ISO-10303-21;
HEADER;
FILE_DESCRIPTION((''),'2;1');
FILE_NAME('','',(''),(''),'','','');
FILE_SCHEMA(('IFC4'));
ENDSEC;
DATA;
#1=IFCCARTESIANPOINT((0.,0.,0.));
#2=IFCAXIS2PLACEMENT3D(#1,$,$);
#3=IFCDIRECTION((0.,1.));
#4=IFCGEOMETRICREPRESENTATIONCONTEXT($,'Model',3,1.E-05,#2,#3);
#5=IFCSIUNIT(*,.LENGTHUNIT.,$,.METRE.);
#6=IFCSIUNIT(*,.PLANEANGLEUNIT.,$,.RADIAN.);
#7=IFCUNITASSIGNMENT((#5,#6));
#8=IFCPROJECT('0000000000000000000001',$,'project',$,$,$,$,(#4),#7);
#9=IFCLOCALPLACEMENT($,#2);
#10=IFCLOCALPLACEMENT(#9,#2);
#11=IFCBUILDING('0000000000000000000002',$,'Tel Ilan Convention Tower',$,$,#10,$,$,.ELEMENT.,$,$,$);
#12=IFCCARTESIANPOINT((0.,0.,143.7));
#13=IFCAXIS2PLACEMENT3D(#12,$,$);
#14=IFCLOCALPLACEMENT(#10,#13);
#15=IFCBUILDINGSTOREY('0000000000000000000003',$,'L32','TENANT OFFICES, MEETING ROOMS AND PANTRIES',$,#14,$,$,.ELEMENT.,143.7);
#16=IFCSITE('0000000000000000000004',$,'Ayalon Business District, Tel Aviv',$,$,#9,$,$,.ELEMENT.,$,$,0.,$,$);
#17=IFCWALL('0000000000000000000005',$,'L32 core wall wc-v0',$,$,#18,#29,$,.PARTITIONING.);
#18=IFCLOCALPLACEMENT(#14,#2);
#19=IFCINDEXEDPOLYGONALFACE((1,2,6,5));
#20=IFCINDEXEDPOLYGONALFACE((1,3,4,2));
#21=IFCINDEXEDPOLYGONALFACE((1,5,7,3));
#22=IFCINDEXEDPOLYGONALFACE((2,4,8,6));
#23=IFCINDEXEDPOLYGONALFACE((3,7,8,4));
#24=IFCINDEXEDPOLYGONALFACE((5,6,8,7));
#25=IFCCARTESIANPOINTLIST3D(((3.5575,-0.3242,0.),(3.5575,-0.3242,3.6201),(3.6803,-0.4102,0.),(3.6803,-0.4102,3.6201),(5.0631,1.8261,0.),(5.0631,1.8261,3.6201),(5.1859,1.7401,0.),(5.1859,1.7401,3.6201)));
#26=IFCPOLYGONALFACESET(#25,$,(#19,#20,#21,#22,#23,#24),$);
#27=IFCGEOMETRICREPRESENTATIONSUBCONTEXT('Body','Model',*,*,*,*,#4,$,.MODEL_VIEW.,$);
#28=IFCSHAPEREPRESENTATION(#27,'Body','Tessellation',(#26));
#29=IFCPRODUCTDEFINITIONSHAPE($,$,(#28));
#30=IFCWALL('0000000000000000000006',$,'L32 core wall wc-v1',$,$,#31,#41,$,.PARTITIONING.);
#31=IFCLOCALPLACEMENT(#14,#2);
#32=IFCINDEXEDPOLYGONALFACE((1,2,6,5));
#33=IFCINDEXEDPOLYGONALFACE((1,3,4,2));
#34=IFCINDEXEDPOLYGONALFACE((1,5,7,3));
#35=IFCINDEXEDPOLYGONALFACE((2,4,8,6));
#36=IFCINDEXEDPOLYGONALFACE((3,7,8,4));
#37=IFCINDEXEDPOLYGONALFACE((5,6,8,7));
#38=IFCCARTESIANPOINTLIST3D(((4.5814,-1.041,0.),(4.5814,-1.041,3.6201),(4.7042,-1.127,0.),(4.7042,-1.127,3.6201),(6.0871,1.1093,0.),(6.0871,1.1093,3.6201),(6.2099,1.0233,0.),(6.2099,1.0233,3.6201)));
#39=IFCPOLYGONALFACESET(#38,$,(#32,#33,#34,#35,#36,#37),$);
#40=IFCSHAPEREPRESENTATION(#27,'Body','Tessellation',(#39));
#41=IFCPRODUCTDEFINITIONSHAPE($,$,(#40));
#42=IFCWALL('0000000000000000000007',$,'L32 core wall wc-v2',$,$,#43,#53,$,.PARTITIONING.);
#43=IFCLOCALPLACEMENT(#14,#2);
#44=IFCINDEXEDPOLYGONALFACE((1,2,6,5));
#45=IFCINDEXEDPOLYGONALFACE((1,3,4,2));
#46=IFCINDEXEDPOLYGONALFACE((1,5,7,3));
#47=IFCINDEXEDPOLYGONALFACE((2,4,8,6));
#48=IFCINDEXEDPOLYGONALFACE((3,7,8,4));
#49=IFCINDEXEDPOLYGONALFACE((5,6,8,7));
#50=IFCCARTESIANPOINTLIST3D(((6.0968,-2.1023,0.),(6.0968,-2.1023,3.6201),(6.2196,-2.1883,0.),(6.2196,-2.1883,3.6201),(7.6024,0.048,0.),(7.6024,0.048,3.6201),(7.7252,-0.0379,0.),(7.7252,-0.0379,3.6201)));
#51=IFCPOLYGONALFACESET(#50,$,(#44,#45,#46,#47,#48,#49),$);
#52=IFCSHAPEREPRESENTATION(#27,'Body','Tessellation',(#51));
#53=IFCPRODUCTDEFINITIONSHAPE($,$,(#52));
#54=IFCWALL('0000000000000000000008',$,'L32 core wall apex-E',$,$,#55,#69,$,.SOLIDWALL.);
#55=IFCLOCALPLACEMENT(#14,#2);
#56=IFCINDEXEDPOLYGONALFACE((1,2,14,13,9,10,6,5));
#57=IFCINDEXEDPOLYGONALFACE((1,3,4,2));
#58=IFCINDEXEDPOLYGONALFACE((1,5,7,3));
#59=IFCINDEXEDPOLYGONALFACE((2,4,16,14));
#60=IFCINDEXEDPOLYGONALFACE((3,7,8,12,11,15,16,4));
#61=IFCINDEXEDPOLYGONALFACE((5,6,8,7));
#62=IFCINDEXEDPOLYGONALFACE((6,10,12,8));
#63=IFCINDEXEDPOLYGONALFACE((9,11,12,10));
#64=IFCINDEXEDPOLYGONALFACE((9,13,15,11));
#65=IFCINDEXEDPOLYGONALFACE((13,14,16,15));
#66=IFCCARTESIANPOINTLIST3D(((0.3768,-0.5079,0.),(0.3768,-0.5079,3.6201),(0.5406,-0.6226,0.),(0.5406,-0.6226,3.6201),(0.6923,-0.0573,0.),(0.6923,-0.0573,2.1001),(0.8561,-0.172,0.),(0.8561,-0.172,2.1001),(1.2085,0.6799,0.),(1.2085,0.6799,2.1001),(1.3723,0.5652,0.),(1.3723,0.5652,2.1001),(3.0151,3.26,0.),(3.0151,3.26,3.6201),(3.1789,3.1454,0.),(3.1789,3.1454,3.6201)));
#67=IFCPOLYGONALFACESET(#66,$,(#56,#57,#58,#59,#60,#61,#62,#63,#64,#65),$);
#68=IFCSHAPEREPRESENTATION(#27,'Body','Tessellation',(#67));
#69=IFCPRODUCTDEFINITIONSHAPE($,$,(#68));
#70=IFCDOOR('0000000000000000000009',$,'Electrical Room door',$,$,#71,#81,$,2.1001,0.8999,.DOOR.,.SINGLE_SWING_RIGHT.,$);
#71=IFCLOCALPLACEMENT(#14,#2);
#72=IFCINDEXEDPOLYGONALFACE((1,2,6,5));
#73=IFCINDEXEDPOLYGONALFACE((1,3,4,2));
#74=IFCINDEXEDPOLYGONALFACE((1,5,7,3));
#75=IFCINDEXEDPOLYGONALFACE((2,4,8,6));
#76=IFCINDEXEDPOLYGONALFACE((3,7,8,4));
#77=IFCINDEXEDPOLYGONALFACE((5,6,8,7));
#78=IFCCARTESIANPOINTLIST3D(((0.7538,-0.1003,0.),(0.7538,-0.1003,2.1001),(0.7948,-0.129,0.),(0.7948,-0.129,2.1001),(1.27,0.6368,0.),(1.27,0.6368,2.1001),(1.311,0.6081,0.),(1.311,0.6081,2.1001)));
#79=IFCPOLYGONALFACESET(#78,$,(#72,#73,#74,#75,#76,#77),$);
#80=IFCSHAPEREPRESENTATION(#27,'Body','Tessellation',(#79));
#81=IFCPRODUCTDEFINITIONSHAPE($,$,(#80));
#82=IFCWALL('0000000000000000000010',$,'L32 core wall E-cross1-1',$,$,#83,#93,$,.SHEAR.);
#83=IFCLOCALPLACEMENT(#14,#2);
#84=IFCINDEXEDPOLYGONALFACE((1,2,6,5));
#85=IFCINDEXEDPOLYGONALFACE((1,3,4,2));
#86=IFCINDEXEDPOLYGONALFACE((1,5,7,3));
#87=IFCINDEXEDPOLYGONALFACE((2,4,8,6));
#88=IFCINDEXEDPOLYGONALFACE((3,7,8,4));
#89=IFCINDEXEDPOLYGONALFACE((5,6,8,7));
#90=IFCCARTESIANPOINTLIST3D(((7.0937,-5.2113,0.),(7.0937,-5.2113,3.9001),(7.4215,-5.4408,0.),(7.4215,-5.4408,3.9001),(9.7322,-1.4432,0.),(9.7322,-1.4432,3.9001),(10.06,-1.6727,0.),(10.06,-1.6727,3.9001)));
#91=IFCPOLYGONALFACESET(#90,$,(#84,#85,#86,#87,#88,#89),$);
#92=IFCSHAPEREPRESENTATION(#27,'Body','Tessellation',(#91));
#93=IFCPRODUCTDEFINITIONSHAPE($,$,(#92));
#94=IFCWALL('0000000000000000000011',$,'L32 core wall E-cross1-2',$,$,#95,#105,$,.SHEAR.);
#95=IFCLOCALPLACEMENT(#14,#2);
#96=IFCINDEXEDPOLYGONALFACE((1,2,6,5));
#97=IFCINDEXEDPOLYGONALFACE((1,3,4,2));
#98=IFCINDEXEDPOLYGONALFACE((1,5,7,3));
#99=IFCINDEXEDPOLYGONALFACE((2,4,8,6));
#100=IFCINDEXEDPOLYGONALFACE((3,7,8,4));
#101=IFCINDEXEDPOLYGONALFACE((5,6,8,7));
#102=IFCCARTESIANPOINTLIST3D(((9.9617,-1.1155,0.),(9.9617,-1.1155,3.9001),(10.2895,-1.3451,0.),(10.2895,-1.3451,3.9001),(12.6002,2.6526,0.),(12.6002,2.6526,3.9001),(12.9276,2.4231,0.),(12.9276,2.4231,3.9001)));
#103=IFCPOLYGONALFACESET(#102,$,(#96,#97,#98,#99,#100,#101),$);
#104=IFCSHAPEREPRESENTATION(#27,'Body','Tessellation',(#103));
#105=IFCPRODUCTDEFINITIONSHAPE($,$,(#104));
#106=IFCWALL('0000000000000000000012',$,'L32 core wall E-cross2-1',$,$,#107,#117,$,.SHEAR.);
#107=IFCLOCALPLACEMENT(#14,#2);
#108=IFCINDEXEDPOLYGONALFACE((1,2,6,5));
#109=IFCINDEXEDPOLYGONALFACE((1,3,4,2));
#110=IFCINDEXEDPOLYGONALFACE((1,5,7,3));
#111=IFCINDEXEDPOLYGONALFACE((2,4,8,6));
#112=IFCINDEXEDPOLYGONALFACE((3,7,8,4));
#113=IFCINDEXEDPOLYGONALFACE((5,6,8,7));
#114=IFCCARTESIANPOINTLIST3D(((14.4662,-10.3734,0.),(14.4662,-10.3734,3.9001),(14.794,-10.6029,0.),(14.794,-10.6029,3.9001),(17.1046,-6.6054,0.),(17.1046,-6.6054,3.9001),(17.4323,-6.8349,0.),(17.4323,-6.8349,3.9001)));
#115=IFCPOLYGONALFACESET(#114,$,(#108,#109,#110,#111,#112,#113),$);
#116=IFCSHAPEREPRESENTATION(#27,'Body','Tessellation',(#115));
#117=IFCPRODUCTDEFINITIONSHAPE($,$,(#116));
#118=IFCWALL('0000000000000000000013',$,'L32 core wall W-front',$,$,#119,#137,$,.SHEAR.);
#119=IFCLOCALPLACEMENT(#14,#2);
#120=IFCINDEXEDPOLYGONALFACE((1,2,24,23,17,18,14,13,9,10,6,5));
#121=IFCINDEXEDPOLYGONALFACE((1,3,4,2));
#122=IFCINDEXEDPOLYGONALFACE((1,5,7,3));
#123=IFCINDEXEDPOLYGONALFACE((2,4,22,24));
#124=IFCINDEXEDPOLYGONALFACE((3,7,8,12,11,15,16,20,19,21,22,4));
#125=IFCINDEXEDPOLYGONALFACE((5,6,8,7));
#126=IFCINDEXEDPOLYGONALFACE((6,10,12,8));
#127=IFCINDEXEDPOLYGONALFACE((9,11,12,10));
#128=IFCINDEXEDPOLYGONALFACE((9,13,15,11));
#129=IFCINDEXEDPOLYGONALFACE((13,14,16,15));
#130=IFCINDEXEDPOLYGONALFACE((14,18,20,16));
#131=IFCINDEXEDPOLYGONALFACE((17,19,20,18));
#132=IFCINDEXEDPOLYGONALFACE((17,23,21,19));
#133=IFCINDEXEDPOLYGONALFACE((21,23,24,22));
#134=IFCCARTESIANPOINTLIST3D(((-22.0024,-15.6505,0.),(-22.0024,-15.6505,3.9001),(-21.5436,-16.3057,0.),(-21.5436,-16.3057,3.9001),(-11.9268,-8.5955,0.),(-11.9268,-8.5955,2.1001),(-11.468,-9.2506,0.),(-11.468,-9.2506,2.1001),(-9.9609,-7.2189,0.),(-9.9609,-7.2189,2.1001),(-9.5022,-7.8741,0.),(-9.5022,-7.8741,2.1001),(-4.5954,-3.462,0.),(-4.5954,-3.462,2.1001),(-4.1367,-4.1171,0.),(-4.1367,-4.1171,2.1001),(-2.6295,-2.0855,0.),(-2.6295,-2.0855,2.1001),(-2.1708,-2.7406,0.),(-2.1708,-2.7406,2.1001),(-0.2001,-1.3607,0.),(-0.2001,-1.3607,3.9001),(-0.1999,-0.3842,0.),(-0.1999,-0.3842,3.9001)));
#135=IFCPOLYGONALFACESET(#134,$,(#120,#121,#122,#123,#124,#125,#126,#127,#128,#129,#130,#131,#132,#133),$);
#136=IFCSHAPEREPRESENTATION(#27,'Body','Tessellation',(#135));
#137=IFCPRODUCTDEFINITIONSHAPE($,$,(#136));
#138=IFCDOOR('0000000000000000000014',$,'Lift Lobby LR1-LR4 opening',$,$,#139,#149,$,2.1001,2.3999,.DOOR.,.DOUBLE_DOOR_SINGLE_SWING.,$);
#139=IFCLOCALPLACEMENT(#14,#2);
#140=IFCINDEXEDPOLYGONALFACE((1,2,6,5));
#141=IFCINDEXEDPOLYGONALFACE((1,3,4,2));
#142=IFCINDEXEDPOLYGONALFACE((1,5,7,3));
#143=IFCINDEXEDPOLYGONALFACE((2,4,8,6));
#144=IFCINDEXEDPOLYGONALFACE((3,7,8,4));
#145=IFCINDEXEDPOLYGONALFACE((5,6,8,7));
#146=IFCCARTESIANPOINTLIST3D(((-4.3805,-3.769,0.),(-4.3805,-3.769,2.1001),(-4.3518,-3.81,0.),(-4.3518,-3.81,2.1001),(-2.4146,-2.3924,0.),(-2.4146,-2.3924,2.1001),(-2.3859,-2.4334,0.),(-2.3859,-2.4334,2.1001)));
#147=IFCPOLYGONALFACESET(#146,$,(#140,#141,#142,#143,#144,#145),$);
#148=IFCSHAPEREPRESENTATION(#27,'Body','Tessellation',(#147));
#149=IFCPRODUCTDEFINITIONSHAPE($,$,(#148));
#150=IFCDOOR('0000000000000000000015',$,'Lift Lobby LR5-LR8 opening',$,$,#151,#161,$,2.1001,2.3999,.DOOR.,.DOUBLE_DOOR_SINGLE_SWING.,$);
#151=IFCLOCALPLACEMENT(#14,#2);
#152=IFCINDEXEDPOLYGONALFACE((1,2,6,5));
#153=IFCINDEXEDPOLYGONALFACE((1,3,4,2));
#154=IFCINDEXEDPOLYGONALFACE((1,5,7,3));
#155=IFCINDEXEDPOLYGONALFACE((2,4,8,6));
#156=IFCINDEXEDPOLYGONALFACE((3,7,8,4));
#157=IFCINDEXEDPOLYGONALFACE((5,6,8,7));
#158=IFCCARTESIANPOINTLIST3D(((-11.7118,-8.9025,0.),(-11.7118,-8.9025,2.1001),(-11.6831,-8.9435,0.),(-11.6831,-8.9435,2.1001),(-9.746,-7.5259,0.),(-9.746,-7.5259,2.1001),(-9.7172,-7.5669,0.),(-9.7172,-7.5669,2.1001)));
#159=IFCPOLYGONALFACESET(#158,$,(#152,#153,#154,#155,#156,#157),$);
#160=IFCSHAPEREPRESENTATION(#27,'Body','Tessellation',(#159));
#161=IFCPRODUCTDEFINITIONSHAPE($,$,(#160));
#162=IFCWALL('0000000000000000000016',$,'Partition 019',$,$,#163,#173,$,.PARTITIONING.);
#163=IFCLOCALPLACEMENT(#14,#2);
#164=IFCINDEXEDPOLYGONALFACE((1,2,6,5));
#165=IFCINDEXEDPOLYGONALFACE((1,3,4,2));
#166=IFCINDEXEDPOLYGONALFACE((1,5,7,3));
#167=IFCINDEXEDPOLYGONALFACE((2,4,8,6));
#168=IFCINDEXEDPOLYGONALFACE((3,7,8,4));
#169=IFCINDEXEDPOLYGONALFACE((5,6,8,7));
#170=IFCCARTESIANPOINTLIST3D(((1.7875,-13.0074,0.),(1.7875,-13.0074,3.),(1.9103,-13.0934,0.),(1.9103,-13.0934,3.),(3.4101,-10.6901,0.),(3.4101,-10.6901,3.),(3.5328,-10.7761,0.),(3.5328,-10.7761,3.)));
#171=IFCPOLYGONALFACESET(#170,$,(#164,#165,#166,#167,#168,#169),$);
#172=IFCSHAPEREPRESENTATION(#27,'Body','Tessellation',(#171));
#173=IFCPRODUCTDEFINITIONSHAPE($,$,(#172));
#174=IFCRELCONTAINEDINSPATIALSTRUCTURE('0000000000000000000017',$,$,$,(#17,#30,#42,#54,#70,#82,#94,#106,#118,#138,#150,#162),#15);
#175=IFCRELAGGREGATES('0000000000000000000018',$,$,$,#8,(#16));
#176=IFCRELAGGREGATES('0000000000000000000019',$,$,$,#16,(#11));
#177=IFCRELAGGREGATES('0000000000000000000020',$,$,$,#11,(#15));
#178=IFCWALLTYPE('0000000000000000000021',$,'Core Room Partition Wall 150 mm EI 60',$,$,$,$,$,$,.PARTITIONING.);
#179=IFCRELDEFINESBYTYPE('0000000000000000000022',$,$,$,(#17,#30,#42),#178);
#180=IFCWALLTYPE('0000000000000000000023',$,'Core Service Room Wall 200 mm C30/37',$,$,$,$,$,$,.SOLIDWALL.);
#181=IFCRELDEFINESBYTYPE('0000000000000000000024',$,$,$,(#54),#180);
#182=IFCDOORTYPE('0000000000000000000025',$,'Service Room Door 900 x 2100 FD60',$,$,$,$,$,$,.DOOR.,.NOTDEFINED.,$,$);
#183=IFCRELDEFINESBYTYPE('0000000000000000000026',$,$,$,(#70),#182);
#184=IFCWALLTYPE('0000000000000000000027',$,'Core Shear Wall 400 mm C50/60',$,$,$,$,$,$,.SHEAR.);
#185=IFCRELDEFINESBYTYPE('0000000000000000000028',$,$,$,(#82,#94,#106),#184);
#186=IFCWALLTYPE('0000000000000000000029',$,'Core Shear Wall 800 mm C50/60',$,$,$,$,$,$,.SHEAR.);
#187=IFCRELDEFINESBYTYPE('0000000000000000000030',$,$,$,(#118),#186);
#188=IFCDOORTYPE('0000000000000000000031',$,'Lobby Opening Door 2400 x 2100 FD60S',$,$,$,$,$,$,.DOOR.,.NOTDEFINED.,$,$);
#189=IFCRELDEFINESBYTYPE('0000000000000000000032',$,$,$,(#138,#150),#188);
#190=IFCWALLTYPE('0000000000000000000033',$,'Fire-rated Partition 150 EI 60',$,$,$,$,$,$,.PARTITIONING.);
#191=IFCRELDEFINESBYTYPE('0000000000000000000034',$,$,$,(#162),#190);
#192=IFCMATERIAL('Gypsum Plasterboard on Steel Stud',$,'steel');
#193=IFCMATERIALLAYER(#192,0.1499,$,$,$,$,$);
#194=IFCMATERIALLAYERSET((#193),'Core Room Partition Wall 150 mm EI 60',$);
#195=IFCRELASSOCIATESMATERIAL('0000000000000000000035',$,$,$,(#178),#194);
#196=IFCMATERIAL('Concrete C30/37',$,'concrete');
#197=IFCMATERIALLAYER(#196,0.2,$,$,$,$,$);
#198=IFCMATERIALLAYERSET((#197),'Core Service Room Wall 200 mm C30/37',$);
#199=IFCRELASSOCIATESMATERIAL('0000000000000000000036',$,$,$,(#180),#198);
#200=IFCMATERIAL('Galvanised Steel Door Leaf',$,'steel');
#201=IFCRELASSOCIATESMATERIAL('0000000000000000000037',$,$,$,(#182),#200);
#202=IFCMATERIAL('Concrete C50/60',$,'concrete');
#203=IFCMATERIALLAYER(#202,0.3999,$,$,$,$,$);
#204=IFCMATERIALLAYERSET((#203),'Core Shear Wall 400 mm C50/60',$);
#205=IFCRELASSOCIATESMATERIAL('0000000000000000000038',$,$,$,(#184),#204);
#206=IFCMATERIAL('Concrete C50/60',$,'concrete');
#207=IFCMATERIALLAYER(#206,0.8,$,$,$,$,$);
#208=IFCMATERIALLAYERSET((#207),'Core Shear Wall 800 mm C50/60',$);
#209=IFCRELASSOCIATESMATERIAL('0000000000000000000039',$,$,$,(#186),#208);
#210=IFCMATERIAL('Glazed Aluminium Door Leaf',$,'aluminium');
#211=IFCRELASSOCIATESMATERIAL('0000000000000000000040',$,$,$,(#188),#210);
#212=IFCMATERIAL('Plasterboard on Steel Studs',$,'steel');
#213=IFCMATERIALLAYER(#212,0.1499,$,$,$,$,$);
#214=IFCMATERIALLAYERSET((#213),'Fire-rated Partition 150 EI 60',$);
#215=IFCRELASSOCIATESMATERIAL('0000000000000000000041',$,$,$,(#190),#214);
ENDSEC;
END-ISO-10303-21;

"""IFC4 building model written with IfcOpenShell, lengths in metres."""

from ifc_helpers import new_model, si_unit, direction, frame, frame_2d, origin, place, context, subcontext, project, spatial, polyline, rectangle, outline, extrude, material, layer, layer_set, type_object, element, fill, save


model = new_model("IFC4")

# Units and contexts
model_context = context("Model", 3, precision=1e-05, world=origin(), true_north=direction((0.0, 1.0)))
body_context = subcontext(model_context, "Body", "Model", "MODEL_VIEW")
ifc_project = project(units=[si_unit("LENGTHUNIT", "METRE"), si_unit("PLANEANGLEUNIT", "RADIAN")], contexts=[model_context])

# Site, building, storey
site_placement = place(None, origin())
site = spatial("IfcSite", under=ifc_project, at=site_placement, Name="Ayalon Business District, Tel Aviv", CompositionType="ELEMENT", RefElevation=0.0)
building_placement = place(site_placement, origin())
building = spatial("IfcBuilding", under=site, at=building_placement, Name="Tel Ilan Convention Tower", CompositionType="ELEMENT")
storey_placement = place(building_placement, frame((0.0, 0.0, 143.7)))
storey = spatial("IfcBuildingStorey", under=building, at=storey_placement, Name="L32", Description="TENANT OFFICES, MEETING ROOMS AND PANTRIES", CompositionType="ELEMENT", Elevation=143.7)

# Walls
ifc_material_1 = material(Name="Gypsum Plasterboard on Steel Stud", Category="steel")
ifc_layer_1 = layer(ifc_material_1, 0.1499)
ifc_layer_set_1 = layer_set([ifc_layer_1], Name="Core Room Partition Wall 150 mm EI 60")
wall_type_1 = type_object("IfcWallType", Name="Core Room Partition Wall 150 mm EI 60", PredefinedType="PARTITIONING", material=ifc_layer_set_1)
for number, where, z_axis, x_axis, name in (
    (1, (3.6189, -0.3672, 0.0), (0.0, 0.0, 1.0), (0.57355, 0.819171, 0.0), "L32 core wall wc-v0"),
    (2, (4.6428, -1.084, 0.0), (0.0, 0.0, 1.0), (0.573593, 0.81914, 0.0), "L32 core wall wc-v1"),
    (3, (6.1582, -2.1453, 0.0), (0.0, 0.0, 1.0), (0.57355, 0.819171, 0.0), "L32 core wall wc-v2"),
):
    element("IfcWall", number, at=place(storey_placement, frame(where, z_axis=z_axis, x_axis=x_axis)), inside=storey, type_object=wall_type_1, Name=name, PredefinedType="PARTITIONING", context=body_context, shape_type="SweptSolid", body=[
        extrude(rectangle(XDim=2.625, YDim=0.1499, at=frame_2d((1.3125, 0.0))), origin(), (0.0, 0.0, 1.0), 3.6201),
    ])

# Wall, opening, door
ifc_material_2 = material(Name="Concrete C30/37", Category="concrete")
ifc_layer_2 = layer(ifc_material_2, 0.2)
ifc_layer_set_2 = layer_set([ifc_layer_2], Name="Core Service Room Wall 200 mm C30/37")
wall_type_2 = type_object("IfcWallType", Name="Core Service Room Wall 200 mm C30/37", PredefinedType="SOLIDWALL", material=ifc_layer_set_2)
wall_1_placement = place(storey_placement, frame((0.4587, -0.5652, 0.0), z_axis=(0.0, 0.0, 1.0), x_axis=(0.573576, 0.819152, 0.0)))
wall_1 = element("IfcWall", 4, at=wall_1_placement, inside=storey, type_object=wall_type_2, Name="L32 core wall apex-E", PredefinedType="SOLIDWALL", context=body_context, shape_type="SweptSolid", body=[
    extrude(rectangle(XDim=4.5999, YDim=0.2, at=frame_2d((2.2998, 0.0))), origin(), (0.0, 0.0, 1.0), 3.6201),
])
opening_1_placement = place(wall_1_placement, frame((0.55, 0.0, 0.0)))
opening_1 = element("IfcOpeningElement", 5, at=opening_1_placement, cuts=wall_1, PredefinedType="OPENING", context=body_context, shape_type="SweptSolid", body=[
    extrude(rectangle(XDim=0.8999, YDim=2.1001, at=frame_2d((0.45, 1.05))), frame((0.0, 0.1099, 0.0), z_axis=(0.0, -1.0, 0.0), x_axis=(1.0, 0.0, 0.0)), (0.0, 0.0, 1.0), 0.22),
])
ifc_material_3 = material(Name="Galvanised Steel Door Leaf", Category="steel")
door_type_1 = type_object("IfcDoorType", Name="Service Room Door 900 x 2100 FD60", OperationType="NOTDEFINED", PredefinedType="DOOR", material=ifc_material_3)
door_1_placement = place(opening_1_placement, origin())
door_1 = element("IfcDoor", 6, at=door_1_placement, inside=storey, type_object=door_type_1, Name="Electrical Room door", OperationType="SINGLE_SWING_RIGHT", OverallHeight=2.1001, OverallWidth=0.8999, PredefinedType="DOOR", context=body_context, shape_type="SweptSolid", body=[
    extrude(rectangle(XDim=0.8999, YDim=2.1001, at=frame_2d((0.45, 1.05))), frame((0.0, 0.0249, 0.0), z_axis=(0.0, -1.0, 0.0), x_axis=(1.0, 0.0, 0.0)), (0.0, 0.0, 1.0), 0.05),
])
fill(opening_1, door_1)

# Walls
ifc_material_4 = material(Name="Concrete C50/60", Category="concrete")
ifc_layer_3 = layer(ifc_material_4, 0.3999)
ifc_layer_set_3 = layer_set([ifc_layer_3], Name="Core Shear Wall 400 mm C50/60")
wall_type_3 = type_object("IfcWallType", Name="Core Shear Wall 400 mm C50/60", PredefinedType="SHEAR", material=ifc_layer_set_3)
wall_2_placement = place(storey_placement, frame((7.2578, -5.3259, 0.0), z_axis=(0.0, 0.0, 1.0), x_axis=(0.573541, 0.819177, 0.0)))
element("IfcWall", 7, at=wall_2_placement, inside=storey, type_object=wall_type_3, Name="L32 core wall E-cross1-1", PredefinedType="SHEAR", context=body_context, shape_type="SweptSolid", body=[
    extrude(outline(polyline([(-0.0002, 0.2002), (-0.0002, -0.2), (4.5999, -0.2002), (4.5999, 0.2), (-0.0002, 0.2002)])), origin(), (0.0, 0.0, 1.0), 3.9001),
])
wall_3_placement = place(storey_placement, frame((10.1255, -1.2302, 0.0), z_axis=(0.0, 0.0, 1.0), x_axis=(0.573576, 0.819152, 0.0)))
element("IfcWall", 8, at=wall_3_placement, inside=storey, type_object=wall_type_3, Name="L32 core wall E-cross1-2", PredefinedType="SHEAR", context=body_context, shape_type="SweptSolid", body=[
    extrude(outline(polyline([(4.5999, -0.2), (4.6001, 0.2), (0.0, 0.2), (0.0, -0.2002), (4.5999, -0.2)])), origin(), (0.0, 0.0, 1.0), 3.9001),
])
wall_4_placement = place(storey_placement, frame((14.6299, -10.4883, 0.0), z_axis=(0.0, 0.0, 1.0), x_axis=(0.573612, 0.819127, 0.0)))
element("IfcWall", 9, at=wall_4_placement, inside=storey, type_object=wall_type_3, Name="L32 core wall E-cross2-1", PredefinedType="SHEAR", context=body_context, shape_type="SweptSolid", body=[
    extrude(outline(polyline([(0.0002, 0.2), (0.0002, -0.2002), (4.6001, -0.2), (4.6001, 0.2002), (0.0002, 0.2)])), origin(), (0.0, 0.0, 1.0), 3.9001),
])

# Wall, openings, doors
ifc_material_5 = material(Name="Concrete C50/60", Category="concrete")
ifc_layer_4 = layer(ifc_material_5, 0.8)
ifc_layer_set_4 = layer_set([ifc_layer_4], Name="Core Shear Wall 800 mm C50/60")
wall_type_4 = type_object("IfcWallType", Name="Core Shear Wall 800 mm C50/60", PredefinedType="SHEAR", material=ifc_layer_set_4)
wall_5_placement = place(storey_placement, frame((0.0293, -0.7119, 0.0), z_axis=(0.0, 0.0, 1.0), x_axis=(-0.819152, -0.573577, 0.0)))
wall_5 = element("IfcWall", 10, at=wall_5_placement, inside=storey, type_object=wall_type_4, Name="L32 core wall W-front", PredefinedType="SHEAR", context=body_context, shape_type="SweptSolid", body=[
    extrude(outline(polyline([(26.6157, 0.3999), (0.5601, 0.3999), (-0.0002, -0.3999), (26.6157, -0.3999), (26.6157, 0.3999)])), origin(), (0.0, 0.0, 1.0), 3.9001),
])
opening_2_placement = place(wall_5_placement, frame((2.9658, 0.0, 0.0)))
opening_2 = element("IfcOpeningElement", 11, at=opening_2_placement, cuts=wall_5, PredefinedType="OPENING", context=body_context, shape_type="SweptSolid", body=[
    extrude(rectangle(XDim=2.3999, YDim=2.1001, at=frame_2d((1.2, 1.05))), frame((0.0, 0.4099, 0.0), z_axis=(0.0, -1.0, 0.0), x_axis=(1.0, 0.0, 0.0)), (0.0, 0.0, 1.0), 0.8201),
])
opening_3_placement = place(wall_5_placement, frame((11.9158, 0.0, 0.0)))
opening_3 = element("IfcOpeningElement", 12, at=opening_3_placement, cuts=wall_5, PredefinedType="OPENING", context=body_context, shape_type="SweptSolid", body=[
    extrude(rectangle(XDim=2.3999, YDim=2.1001, at=frame_2d((1.2, 1.05))), frame((0.0, 0.4099, 0.0), z_axis=(0.0, -1.0, 0.0), x_axis=(1.0, 0.0, 0.0)), (0.0, 0.0, 1.0), 0.8201),
])
ifc_material_6 = material(Name="Glazed Aluminium Door Leaf", Category="aluminium")
door_type_2 = type_object("IfcDoorType", Name="Lobby Opening Door 2400 x 2100 FD60S", OperationType="NOTDEFINED", PredefinedType="DOOR", material=ifc_material_6)
door_2_placement = place(opening_2_placement, origin())
door_2 = element("IfcDoor", 13, at=door_2_placement, inside=storey, type_object=door_type_2, Name="Lift Lobby LR1-LR4 opening", OperationType="DOUBLE_DOOR_SINGLE_SWING", OverallHeight=2.1001, OverallWidth=2.3999, PredefinedType="DOOR", context=body_context, shape_type="SweptSolid", body=[
    extrude(rectangle(XDim=2.3999, YDim=2.1001, at=frame_2d((1.2, 1.05))), frame((0.0, 0.0249, 0.0), z_axis=(0.0, -1.0, 0.0), x_axis=(1.0, 0.0, 0.0)), (0.0, 0.0, 1.0), 0.05),
])
fill(opening_2, door_2)
door_3_placement = place(opening_3_placement, origin())
door_3 = element("IfcDoor", 14, at=door_3_placement, inside=storey, type_object=door_type_2, Name="Lift Lobby LR5-LR8 opening", OperationType="DOUBLE_DOOR_SINGLE_SWING", OverallHeight=2.1001, OverallWidth=2.3999, PredefinedType="DOOR", context=body_context, shape_type="SweptSolid", body=[
    extrude(rectangle(XDim=2.3999, YDim=2.1001, at=frame_2d((1.2, 1.05))), frame((0.0, 0.0249, 0.0), z_axis=(0.0, -1.0, 0.0), x_axis=(1.0, 0.0, 0.0)), (0.0, 0.0, 1.0), 0.05),
])
fill(opening_3, door_3)

# Wall
ifc_material_7 = material(Name="Plasterboard on Steel Studs", Category="steel")
ifc_layer_5 = layer(ifc_material_7, 0.1499)
ifc_layer_set_5 = layer_set([ifc_layer_5], Name="Fire-rated Partition 150 EI 60")
wall_type_5 = type_object("IfcWallType", Name="Fire-rated Partition 150 EI 60", PredefinedType="PARTITIONING", material=ifc_layer_set_5)
wall_6_placement = place(storey_placement, frame((1.8489, -13.0505, 0.0), z_axis=(0.0, 0.0, 1.0), x_axis=(0.573555, 0.819167, 0.0)))
element("IfcWall", 15, at=wall_6_placement, inside=storey, type_object=wall_type_5, Name="Partition 019", PredefinedType="PARTITIONING", context=body_context, shape_type="SweptSolid", body=[
    extrude(rectangle(XDim=2.8289, YDim=0.1499, at=frame_2d((1.4146, 0.0))), origin(), (0.0, 0.0, 1.0), 3.0),
])

save(model, "model.ifc")
